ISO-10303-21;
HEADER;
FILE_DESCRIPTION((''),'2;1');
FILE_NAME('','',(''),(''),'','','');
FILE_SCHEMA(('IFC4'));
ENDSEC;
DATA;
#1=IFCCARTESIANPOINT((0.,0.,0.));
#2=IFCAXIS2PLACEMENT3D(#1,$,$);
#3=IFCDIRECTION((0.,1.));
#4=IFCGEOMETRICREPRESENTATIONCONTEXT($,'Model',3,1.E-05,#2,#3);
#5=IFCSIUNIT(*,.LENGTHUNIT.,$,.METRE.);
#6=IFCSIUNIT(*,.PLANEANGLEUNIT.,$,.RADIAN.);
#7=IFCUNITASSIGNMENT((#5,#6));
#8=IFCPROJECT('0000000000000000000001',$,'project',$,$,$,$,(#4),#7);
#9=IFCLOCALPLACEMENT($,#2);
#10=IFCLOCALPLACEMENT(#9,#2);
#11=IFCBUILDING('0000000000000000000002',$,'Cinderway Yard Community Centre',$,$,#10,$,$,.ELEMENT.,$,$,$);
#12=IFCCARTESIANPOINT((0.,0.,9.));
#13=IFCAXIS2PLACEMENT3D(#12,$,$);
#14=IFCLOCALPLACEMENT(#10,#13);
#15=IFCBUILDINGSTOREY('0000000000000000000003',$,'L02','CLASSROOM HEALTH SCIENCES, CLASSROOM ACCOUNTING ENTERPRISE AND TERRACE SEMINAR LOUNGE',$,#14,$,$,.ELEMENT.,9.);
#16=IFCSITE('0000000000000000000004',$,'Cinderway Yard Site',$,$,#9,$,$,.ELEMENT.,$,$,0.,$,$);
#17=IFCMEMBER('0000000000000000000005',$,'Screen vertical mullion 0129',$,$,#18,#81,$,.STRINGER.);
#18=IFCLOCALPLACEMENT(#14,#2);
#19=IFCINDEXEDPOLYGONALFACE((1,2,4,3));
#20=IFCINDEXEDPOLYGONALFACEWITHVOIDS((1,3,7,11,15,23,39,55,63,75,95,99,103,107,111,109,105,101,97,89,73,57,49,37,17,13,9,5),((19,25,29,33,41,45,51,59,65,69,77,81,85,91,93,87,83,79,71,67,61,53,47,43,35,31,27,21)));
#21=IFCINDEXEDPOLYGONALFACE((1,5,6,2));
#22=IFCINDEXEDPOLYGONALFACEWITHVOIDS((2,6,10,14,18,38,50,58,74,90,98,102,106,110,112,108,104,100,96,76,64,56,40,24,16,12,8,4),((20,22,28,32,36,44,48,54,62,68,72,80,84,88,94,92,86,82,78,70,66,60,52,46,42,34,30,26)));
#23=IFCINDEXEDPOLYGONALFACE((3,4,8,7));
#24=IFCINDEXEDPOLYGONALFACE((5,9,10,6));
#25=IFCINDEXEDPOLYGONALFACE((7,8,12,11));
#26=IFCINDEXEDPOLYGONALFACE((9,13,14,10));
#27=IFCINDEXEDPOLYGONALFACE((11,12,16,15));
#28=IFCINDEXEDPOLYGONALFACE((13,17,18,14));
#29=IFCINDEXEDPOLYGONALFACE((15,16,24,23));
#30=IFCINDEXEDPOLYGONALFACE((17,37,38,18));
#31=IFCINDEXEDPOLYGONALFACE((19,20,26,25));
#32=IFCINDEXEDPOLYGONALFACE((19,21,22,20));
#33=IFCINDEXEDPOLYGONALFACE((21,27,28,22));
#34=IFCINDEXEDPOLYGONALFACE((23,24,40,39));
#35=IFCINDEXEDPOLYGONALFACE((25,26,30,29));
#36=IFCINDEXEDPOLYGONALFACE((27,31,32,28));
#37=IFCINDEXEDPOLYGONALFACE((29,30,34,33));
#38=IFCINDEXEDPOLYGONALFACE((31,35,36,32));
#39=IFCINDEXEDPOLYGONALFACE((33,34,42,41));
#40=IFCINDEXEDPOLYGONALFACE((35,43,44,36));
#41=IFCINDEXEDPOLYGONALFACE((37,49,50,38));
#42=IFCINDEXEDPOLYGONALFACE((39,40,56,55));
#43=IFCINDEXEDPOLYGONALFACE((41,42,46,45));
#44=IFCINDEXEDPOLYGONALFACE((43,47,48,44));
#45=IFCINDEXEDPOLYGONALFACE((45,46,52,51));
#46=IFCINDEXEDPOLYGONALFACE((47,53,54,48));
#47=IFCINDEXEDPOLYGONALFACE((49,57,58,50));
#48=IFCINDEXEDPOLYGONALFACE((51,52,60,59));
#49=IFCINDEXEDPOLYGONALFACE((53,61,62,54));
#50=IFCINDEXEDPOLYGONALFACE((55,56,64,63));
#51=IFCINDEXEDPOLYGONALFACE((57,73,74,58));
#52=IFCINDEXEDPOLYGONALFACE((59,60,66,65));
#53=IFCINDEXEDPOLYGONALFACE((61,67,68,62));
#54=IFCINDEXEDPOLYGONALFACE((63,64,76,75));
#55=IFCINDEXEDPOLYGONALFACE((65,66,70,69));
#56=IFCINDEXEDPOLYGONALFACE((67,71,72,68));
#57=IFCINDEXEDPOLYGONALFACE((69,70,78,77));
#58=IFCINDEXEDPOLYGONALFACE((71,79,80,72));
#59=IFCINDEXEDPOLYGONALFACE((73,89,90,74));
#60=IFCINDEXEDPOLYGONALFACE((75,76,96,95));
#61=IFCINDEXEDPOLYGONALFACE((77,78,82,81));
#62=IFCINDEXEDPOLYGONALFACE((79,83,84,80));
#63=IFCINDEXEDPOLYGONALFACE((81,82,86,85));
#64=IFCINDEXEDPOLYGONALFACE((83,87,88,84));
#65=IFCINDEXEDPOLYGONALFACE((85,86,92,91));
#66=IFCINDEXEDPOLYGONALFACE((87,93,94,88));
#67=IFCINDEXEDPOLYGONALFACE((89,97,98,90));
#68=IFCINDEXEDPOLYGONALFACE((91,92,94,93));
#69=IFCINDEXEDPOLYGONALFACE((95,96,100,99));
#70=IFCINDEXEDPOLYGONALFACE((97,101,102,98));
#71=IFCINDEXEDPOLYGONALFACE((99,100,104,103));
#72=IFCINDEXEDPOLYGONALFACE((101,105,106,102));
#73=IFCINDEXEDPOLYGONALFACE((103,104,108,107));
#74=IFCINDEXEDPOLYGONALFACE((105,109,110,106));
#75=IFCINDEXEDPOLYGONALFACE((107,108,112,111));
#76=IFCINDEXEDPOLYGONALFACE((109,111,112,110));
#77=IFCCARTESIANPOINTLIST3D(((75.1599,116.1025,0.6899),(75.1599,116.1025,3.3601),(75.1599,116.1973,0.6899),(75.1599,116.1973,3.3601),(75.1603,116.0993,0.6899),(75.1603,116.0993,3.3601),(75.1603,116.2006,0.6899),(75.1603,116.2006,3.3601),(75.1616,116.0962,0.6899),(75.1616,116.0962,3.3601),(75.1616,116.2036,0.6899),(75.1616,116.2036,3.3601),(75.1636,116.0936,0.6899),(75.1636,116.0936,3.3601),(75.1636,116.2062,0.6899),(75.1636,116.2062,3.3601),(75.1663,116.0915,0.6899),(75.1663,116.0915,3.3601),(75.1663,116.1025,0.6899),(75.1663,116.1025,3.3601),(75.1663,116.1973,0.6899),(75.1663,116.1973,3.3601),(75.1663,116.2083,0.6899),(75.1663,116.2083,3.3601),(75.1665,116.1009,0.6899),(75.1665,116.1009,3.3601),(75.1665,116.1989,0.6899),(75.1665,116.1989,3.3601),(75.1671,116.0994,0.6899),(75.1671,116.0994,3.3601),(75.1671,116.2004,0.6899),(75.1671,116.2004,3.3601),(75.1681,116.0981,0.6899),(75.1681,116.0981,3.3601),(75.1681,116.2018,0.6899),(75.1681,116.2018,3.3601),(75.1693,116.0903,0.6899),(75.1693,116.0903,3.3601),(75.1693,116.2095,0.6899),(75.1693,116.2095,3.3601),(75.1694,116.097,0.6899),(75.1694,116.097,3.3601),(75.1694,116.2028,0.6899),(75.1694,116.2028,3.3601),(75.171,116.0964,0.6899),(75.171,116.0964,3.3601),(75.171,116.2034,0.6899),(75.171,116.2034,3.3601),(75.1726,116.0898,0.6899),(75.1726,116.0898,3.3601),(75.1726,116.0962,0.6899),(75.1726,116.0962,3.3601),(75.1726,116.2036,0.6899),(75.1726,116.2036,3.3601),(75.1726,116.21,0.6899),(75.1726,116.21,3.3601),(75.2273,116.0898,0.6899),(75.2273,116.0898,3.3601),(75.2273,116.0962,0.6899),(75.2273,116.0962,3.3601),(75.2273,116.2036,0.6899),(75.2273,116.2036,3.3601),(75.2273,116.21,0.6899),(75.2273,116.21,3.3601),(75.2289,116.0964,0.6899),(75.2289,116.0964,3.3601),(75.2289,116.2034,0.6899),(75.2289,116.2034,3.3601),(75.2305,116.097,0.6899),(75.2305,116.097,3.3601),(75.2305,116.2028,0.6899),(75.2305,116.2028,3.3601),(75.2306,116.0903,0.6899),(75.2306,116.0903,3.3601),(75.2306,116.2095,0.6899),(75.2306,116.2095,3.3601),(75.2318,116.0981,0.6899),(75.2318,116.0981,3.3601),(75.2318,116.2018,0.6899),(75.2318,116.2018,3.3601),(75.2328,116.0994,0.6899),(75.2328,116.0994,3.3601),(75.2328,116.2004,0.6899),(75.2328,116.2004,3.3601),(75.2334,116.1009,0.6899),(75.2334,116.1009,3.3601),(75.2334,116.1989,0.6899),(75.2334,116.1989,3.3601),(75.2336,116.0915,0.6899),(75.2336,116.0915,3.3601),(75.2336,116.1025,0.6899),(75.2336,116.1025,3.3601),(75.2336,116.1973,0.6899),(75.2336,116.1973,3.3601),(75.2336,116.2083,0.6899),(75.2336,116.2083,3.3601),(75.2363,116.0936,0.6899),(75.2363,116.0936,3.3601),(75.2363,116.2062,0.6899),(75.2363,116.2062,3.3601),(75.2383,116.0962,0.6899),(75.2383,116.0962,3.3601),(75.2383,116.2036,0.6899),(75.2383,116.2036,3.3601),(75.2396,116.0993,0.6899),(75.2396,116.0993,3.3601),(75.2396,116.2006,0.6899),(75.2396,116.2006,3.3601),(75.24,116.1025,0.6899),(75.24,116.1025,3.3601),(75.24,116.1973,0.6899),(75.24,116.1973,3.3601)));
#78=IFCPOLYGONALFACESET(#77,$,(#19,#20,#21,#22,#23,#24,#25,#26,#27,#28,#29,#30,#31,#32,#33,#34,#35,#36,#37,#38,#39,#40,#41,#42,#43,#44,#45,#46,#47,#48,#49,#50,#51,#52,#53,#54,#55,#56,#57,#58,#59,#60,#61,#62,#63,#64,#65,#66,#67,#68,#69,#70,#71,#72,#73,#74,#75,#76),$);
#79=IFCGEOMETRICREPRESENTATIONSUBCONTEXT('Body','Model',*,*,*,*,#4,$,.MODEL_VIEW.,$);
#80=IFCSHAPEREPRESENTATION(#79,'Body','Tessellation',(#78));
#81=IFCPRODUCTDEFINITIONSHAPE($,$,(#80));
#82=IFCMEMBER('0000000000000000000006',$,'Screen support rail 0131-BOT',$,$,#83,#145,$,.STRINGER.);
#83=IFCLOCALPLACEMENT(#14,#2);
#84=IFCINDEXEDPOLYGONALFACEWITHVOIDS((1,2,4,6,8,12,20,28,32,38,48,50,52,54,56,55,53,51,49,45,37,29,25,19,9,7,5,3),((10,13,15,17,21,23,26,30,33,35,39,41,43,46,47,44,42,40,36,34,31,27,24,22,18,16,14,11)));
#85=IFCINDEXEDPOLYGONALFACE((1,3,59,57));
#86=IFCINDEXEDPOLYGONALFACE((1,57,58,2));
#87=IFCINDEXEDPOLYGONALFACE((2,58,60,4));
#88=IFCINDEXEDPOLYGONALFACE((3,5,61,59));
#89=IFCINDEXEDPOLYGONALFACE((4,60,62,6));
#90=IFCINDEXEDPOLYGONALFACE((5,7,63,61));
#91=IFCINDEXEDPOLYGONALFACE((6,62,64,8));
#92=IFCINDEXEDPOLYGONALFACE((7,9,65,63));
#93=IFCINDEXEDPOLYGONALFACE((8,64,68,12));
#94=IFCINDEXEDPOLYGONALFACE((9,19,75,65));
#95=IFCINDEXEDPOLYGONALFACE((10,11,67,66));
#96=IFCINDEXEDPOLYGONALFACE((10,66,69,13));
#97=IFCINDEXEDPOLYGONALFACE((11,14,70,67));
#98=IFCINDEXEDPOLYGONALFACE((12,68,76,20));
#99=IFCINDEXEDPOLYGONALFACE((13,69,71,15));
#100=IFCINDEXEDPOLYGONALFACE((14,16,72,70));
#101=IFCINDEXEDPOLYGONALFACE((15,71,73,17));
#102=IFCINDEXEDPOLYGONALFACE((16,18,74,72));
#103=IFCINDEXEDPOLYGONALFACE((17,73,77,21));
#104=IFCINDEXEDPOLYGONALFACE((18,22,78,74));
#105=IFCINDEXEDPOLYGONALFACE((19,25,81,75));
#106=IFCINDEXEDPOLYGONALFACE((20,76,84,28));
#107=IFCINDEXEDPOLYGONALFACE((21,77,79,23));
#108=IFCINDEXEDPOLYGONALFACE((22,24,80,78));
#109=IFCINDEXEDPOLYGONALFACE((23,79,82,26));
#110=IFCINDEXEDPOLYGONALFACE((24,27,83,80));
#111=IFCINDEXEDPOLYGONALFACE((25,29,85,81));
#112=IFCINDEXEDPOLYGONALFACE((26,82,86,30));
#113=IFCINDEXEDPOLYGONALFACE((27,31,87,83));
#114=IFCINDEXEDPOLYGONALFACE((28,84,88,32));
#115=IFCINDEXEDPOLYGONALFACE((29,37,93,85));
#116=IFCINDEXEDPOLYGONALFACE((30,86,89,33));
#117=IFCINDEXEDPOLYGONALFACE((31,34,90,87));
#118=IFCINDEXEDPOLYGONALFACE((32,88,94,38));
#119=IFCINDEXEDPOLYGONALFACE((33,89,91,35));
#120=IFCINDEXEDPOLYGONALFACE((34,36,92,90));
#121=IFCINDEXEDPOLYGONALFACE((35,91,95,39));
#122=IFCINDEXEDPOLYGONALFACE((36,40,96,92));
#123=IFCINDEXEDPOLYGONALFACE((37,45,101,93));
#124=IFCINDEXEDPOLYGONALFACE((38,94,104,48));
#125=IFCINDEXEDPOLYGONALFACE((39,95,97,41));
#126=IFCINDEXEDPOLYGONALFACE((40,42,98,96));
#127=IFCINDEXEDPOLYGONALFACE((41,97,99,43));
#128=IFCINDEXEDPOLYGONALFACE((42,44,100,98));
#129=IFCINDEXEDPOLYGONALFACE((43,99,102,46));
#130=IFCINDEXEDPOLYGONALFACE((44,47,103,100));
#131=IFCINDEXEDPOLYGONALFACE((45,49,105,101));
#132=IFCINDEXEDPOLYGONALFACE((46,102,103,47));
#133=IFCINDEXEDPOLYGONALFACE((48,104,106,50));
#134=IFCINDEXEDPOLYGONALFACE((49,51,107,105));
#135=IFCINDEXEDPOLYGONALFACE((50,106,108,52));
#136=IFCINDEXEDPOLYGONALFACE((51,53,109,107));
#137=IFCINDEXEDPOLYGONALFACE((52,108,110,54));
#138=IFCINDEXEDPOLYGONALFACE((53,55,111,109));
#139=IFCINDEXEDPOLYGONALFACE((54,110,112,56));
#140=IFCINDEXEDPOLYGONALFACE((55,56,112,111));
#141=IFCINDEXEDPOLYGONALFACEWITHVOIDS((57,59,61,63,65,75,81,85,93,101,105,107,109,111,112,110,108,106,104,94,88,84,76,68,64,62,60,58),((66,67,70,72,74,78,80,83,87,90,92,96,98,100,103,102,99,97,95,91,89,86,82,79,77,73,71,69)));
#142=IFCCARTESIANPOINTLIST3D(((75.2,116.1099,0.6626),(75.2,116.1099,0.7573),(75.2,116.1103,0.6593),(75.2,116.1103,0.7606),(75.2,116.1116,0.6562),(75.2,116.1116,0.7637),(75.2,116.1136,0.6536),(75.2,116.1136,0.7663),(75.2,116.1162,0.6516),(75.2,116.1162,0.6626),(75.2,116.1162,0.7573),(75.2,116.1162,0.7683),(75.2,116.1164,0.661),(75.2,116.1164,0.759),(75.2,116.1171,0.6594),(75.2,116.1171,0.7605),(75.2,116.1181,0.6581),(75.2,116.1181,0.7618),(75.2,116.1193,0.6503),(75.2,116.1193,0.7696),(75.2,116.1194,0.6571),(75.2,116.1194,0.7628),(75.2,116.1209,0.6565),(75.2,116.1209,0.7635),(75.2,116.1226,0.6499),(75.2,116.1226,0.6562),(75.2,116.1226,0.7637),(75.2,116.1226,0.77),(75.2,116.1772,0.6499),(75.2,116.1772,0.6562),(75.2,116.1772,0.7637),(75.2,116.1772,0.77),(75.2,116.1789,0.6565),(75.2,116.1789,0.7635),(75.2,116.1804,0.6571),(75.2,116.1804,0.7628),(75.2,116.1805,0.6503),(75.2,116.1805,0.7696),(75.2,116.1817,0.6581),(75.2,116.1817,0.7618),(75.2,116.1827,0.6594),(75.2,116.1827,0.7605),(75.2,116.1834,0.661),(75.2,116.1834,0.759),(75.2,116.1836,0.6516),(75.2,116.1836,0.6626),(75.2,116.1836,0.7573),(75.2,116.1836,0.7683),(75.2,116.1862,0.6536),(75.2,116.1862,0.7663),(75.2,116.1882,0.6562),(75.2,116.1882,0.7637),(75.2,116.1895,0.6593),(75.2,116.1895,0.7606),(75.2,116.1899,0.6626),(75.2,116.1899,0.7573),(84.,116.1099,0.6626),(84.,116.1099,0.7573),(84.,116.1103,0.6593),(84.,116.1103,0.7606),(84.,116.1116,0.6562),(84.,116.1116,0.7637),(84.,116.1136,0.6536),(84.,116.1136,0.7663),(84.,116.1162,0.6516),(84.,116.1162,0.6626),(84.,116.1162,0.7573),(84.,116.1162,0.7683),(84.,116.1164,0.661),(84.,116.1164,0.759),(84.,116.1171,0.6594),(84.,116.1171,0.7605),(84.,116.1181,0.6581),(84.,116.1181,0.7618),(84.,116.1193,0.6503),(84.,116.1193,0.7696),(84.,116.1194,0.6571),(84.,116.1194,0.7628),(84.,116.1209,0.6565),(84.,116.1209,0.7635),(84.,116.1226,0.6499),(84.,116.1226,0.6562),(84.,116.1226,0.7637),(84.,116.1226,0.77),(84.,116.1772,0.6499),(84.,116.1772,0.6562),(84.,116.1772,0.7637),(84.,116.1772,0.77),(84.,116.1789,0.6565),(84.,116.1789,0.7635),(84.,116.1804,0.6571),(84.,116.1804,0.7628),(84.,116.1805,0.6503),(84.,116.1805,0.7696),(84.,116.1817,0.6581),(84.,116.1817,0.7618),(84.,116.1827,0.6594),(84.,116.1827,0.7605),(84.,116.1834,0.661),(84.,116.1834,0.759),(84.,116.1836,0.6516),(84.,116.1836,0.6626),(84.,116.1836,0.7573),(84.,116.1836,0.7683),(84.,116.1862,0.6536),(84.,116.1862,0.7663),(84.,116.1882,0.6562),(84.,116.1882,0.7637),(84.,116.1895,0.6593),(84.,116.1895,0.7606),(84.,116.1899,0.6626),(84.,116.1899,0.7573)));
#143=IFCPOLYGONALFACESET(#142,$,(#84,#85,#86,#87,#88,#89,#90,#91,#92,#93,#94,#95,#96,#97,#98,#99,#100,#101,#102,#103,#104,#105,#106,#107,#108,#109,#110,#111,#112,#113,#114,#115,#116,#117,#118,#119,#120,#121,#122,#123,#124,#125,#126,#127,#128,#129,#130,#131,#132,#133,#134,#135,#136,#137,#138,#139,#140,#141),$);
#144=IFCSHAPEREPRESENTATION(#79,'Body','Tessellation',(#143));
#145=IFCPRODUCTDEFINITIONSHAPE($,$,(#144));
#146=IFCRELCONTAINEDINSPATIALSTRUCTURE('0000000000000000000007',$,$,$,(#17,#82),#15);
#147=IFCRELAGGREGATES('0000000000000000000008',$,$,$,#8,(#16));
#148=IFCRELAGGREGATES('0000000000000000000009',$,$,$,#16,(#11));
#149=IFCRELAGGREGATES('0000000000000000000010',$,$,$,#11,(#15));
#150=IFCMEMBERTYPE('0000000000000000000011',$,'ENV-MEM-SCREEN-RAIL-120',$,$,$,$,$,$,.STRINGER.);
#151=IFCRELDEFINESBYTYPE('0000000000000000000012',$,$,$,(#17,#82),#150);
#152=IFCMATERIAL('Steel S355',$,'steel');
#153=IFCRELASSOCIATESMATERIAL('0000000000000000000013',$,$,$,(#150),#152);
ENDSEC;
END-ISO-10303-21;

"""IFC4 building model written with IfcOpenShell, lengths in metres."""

from ifc_helpers import new_model, si_unit, direction, frame, origin, origin_2d, place, context, subcontext, project, spatial, hollow_rectangle, extrude, material, material_profile, profile_set, type_object, element, save


model = new_model("IFC4")

# Units and contexts
model_context = context("Model", 3, precision=1e-05, world=origin(), true_north=direction((0.0, 1.0)))
body_context = subcontext(model_context, "Body", "Model", "MODEL_VIEW")
ifc_project = project(units=[si_unit("LENGTHUNIT", "METRE"), si_unit("PLANEANGLEUNIT", "RADIAN")], contexts=[model_context])

# Site, building, storey
site_placement = place(None, origin())
site = spatial("IfcSite", under=ifc_project, at=site_placement, Name="Cinderway Yard Site", CompositionType="ELEMENT", RefElevation=0.0)
building_placement = place(site_placement, origin())
building = spatial("IfcBuilding", under=site, at=building_placement, Name="Cinderway Yard Community Centre", CompositionType="ELEMENT")
storey_placement = place(building_placement, frame((0.0, 0.0, 9.0)))
storey = spatial("IfcBuildingStorey", under=building, at=storey_placement, Name="L02", Description="CLASSROOM HEALTH SCIENCES, CLASSROOM ACCOUNTING ENTERPRISE AND TERRACE SEMINAR LOUNGE", CompositionType="ELEMENT", Elevation=9.0)

# Members
ifc_material_1 = material(Name="Steel S355", Category="steel")
ifc_material_profile = material_profile(ifc_material_1, hollow_rectangle(XDim=0.0801, YDim=0.1201, WallThickness=0.0063, InnerFilletRadius=0.0063, OuterFilletRadius=0.0127, at=origin_2d()), Name="Steel S355")
ifc_profile_set = profile_set([ifc_material_profile], Name="Steel S355")
member_type = type_object("IfcMemberType", Name="ENV-MEM-SCREEN-RAIL-120", PredefinedType="STRINGER", material=ifc_profile_set)
for number, where, z_axis, x_axis, name in (
    (1, (75.2, 116.1499, 0.6899), (0.0, 0.0, 1.0), (1.0, 0.0, 0.0), "Screen vertical mullion 0129"),
):
    element("IfcMember", number, at=place(storey_placement, frame(where, z_axis=z_axis, x_axis=x_axis)), inside=storey, type_object=member_type, Name=name, PredefinedType="STRINGER", context=body_context, shape_type="SweptSolid", body=[
        extrude(hollow_rectangle(XDim=0.0801, YDim=0.1201, WallThickness=0.0063, InnerFilletRadius=0.0063, OuterFilletRadius=0.0127, at=origin_2d()), origin(), (0.0, 0.0, 1.0), 2.6702),
    ])
for number, where, z_axis, x_axis, name in (
    (2, (75.2, 116.1499, 0.71), (1.0, 0.0, 0.0), (0.0, 1.0, 0.0), "Screen support rail 0131-BOT"),
):
    element("IfcMember", number, at=place(storey_placement, frame(where, z_axis=z_axis, x_axis=x_axis)), inside=storey, type_object=member_type, Name=name, PredefinedType="STRINGER", context=body_context, shape_type="SweptSolid", body=[
        extrude(hollow_rectangle(XDim=0.0801, YDim=0.1201, WallThickness=0.0063, InnerFilletRadius=0.0063, OuterFilletRadius=0.0127, at=origin_2d()), origin(), (0.0, 0.0, 1.0), 8.8),
    ])

save(model, "model.ifc")
